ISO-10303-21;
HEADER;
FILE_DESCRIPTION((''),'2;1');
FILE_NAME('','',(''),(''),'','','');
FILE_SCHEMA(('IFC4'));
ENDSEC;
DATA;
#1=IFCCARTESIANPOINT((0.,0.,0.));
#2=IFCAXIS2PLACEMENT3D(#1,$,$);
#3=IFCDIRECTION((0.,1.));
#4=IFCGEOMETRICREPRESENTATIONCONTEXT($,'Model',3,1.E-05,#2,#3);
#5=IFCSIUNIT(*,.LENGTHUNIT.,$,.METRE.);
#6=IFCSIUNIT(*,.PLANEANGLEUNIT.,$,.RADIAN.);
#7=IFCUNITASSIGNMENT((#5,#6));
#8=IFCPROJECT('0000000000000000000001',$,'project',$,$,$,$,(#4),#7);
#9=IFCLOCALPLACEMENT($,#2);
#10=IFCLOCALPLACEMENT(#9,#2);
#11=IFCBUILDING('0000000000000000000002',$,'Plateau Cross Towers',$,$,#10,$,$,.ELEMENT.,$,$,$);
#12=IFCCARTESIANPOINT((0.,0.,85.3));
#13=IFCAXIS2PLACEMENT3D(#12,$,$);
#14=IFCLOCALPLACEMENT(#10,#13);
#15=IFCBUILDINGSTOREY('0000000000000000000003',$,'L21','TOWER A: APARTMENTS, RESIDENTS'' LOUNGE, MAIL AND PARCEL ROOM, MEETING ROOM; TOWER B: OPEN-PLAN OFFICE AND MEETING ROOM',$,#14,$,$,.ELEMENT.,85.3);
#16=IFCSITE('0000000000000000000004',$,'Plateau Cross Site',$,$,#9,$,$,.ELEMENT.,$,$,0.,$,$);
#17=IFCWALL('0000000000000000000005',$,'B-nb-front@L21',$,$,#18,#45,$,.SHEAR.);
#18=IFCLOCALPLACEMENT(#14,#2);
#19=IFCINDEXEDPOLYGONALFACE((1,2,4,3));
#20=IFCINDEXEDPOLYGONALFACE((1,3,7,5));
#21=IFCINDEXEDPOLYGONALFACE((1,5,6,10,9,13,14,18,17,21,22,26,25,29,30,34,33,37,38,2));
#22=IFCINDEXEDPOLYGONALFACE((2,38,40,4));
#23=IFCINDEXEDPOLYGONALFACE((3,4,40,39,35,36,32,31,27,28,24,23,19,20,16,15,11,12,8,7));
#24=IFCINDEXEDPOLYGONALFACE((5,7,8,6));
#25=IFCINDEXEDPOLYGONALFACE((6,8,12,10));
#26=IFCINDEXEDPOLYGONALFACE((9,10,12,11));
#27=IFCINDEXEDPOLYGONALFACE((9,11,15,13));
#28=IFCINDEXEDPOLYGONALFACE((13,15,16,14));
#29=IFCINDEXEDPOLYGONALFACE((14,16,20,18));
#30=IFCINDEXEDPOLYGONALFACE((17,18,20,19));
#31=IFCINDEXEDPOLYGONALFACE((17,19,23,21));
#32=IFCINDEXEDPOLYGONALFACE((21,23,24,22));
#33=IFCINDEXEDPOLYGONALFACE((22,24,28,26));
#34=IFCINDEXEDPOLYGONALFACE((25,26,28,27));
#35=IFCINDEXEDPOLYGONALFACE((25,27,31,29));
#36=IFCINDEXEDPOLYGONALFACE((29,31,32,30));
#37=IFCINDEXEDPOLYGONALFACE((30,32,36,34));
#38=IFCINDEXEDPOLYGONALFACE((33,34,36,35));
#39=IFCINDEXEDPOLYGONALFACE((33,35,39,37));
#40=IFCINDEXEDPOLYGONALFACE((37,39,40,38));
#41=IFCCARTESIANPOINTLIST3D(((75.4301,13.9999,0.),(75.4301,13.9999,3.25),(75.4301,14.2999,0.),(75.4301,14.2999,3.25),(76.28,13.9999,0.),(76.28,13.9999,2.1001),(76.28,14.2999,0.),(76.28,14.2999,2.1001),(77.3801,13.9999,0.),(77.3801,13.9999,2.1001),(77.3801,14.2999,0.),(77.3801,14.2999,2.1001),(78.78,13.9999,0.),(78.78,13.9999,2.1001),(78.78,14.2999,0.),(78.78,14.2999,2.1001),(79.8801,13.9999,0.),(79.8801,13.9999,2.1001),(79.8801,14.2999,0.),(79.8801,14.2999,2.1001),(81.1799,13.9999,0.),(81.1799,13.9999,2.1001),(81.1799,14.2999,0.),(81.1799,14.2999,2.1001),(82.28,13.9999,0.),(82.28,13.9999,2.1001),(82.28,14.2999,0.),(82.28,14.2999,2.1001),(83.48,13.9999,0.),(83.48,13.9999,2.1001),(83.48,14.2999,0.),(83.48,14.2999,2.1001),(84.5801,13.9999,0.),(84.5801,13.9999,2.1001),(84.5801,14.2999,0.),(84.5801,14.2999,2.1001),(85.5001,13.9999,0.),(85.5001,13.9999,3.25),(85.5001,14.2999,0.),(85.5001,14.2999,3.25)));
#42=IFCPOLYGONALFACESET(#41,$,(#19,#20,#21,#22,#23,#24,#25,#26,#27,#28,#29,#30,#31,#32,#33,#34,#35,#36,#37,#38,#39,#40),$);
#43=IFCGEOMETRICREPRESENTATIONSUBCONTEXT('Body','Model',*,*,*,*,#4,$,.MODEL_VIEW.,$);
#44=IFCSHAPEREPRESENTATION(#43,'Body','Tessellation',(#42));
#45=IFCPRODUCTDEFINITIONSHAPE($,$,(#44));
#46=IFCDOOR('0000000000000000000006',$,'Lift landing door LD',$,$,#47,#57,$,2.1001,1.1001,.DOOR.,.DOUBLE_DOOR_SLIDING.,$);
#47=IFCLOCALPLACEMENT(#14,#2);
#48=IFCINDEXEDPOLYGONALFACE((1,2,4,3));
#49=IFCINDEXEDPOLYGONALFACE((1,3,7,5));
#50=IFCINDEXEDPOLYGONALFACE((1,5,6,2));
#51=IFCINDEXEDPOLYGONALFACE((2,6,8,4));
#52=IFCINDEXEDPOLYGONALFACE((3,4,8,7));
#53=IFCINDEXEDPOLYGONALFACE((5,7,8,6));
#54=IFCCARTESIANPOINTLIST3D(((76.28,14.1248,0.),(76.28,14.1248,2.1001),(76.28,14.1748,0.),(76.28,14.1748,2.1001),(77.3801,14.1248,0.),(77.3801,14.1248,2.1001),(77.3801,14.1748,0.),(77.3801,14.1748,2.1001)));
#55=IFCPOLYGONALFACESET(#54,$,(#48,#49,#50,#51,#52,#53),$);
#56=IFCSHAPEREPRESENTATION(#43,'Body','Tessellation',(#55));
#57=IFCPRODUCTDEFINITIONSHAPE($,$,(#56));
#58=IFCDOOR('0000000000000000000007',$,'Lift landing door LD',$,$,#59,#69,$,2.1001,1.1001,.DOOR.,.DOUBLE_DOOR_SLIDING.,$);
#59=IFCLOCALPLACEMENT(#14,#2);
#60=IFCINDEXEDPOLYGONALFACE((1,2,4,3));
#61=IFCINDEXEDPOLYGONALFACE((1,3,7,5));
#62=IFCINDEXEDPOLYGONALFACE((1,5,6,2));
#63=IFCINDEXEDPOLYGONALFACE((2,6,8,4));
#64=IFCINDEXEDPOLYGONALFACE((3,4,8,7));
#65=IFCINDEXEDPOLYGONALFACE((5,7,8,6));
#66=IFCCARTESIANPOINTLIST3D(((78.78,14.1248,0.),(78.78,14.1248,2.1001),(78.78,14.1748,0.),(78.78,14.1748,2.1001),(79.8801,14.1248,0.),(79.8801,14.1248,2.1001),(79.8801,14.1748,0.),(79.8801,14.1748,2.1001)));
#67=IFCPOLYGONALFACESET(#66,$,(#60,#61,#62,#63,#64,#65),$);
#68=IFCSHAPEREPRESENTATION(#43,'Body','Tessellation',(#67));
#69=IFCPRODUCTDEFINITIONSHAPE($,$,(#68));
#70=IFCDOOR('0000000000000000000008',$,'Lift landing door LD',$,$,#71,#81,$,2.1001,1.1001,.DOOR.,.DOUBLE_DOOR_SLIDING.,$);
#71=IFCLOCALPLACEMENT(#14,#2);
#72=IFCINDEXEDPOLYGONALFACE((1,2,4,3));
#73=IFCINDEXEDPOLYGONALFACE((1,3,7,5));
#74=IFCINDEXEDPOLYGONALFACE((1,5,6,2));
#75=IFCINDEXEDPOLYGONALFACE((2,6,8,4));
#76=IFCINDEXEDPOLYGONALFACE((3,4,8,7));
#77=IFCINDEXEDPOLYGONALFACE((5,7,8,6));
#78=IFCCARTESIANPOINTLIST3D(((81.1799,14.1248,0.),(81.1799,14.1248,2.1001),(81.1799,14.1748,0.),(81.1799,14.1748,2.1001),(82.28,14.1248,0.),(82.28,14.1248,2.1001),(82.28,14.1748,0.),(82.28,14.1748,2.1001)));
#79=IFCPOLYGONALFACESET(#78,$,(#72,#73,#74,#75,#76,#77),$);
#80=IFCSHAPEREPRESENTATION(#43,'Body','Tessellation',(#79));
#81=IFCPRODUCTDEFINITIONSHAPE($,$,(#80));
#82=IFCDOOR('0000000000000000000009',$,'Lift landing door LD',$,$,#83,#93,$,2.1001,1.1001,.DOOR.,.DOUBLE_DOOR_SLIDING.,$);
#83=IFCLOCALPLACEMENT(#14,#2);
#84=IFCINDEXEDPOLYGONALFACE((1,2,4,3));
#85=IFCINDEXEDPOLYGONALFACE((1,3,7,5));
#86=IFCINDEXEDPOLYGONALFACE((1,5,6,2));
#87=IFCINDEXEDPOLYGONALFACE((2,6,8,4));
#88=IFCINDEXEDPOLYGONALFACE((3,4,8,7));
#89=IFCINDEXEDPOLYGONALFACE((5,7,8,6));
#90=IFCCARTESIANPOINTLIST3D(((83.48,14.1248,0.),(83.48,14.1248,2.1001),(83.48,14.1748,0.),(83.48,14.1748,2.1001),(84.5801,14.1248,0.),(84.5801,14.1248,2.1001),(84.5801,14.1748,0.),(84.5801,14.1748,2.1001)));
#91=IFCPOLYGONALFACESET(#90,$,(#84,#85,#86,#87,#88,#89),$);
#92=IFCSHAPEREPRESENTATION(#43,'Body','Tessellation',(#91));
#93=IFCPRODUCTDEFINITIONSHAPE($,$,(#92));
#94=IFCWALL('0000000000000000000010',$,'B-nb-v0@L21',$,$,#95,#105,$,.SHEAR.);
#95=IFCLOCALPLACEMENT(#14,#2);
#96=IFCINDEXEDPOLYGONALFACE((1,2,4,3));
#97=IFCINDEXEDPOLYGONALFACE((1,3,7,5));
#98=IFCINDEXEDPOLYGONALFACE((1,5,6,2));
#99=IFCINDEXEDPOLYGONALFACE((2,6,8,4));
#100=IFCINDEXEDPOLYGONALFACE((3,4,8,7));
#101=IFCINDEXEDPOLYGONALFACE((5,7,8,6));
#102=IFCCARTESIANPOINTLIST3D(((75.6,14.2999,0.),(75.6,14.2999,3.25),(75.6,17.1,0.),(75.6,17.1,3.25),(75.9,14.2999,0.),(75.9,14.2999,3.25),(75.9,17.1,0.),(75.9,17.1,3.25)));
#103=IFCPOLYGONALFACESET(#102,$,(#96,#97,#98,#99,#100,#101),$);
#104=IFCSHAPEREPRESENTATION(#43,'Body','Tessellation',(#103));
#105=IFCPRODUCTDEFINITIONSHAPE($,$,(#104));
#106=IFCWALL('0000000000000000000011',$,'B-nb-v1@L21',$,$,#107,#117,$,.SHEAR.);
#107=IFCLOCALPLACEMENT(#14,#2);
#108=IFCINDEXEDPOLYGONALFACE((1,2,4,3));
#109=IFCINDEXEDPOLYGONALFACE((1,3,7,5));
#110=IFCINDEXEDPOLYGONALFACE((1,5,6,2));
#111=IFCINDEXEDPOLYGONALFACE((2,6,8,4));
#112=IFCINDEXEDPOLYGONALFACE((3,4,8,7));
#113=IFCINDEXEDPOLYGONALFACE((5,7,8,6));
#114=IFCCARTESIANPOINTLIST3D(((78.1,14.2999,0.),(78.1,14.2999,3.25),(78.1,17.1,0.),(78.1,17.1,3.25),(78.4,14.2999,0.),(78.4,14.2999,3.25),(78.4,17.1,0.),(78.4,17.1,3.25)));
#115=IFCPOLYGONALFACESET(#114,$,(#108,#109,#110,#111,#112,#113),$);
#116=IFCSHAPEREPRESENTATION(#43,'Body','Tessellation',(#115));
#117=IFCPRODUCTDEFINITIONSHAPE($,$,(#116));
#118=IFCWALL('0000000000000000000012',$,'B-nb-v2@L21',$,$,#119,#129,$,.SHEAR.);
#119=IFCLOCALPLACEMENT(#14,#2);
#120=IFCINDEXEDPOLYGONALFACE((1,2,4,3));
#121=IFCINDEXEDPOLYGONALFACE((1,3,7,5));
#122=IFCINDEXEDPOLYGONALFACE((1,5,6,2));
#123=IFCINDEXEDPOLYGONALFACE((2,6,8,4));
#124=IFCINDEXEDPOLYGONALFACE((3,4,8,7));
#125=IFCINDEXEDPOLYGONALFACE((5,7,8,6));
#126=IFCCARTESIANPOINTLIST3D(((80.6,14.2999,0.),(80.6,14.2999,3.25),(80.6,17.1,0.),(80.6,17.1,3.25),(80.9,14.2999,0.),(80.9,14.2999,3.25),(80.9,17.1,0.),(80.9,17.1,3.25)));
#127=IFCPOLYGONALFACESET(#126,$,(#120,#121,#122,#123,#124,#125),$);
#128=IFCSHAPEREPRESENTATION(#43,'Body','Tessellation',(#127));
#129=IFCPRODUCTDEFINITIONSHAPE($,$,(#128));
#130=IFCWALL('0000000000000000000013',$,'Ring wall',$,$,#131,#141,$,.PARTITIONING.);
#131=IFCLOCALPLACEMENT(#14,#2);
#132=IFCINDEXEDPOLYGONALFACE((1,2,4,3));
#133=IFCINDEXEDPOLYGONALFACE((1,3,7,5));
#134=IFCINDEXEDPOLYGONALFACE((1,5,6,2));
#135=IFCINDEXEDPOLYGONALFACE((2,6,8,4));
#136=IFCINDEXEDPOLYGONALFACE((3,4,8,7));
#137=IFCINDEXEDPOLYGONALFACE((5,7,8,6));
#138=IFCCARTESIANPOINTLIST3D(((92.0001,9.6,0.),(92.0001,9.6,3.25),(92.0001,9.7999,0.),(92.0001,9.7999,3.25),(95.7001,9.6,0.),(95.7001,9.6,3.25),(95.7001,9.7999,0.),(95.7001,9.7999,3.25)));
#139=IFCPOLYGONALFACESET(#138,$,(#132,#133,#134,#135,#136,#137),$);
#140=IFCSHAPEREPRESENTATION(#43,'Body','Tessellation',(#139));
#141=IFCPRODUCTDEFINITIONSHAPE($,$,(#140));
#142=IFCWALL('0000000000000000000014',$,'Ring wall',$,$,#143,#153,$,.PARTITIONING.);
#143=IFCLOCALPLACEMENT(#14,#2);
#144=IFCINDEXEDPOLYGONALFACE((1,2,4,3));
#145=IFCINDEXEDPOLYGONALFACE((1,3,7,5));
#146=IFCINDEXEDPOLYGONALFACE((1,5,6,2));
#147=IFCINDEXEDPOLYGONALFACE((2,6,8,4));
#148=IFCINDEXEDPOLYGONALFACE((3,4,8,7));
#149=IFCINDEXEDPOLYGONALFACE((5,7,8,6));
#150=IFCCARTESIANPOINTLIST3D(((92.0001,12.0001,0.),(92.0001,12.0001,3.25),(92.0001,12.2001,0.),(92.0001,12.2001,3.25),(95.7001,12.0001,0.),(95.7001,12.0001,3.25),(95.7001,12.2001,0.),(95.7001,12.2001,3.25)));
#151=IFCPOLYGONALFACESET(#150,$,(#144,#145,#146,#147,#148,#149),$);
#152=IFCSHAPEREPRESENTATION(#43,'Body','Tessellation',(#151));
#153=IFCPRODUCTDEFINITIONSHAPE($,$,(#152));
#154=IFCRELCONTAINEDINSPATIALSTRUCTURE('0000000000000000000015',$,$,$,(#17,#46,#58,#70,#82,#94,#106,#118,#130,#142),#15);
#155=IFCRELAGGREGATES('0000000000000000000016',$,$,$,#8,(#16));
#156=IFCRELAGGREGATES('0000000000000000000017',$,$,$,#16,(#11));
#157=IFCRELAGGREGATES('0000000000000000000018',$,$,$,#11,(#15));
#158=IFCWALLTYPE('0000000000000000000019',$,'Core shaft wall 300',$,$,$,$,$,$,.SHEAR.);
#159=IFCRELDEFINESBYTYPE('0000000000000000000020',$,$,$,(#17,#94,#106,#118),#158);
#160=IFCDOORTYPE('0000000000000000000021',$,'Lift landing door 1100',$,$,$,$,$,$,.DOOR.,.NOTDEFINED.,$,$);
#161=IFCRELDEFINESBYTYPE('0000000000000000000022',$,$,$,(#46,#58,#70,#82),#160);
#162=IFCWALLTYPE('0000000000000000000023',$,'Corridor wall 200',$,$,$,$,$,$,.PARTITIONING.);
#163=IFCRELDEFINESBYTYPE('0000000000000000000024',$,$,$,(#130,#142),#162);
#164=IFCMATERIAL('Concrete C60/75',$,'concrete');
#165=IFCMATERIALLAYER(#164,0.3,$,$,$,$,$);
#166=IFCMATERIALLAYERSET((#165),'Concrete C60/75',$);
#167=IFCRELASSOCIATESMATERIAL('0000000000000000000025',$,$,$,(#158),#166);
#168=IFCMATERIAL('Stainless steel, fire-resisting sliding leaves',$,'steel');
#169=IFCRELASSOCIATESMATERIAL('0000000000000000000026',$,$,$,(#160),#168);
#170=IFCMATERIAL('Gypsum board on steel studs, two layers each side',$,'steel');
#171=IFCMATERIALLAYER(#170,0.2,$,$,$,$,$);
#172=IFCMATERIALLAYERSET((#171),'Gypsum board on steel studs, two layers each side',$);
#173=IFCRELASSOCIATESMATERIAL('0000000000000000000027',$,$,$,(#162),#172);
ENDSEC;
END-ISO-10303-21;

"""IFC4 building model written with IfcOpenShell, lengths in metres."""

from ifc_helpers import new_model, si_unit, direction, frame, frame_2d, origin, place, context, subcontext, project, spatial, rectangle, extrude, material, layer, layer_set, type_object, element, fill, save


model = new_model("IFC4")

# Units and contexts
model_context = context("Model", 3, precision=1e-05, world=origin(), true_north=direction((0.0, 1.0)))
body_context = subcontext(model_context, "Body", "Model", "MODEL_VIEW")
ifc_project = project(units=[si_unit("LENGTHUNIT", "METRE"), si_unit("PLANEANGLEUNIT", "RADIAN")], contexts=[model_context])

# Site, building, storey
site_placement = place(None, origin())
site = spatial("IfcSite", under=ifc_project, at=site_placement, Name="Plateau Cross Site", CompositionType="ELEMENT", RefElevation=0.0)
building_placement = place(site_placement, origin())
building = spatial("IfcBuilding", under=site, at=building_placement, Name="Plateau Cross Towers", CompositionType="ELEMENT")
storey_placement = place(building_placement, frame((0.0, 0.0, 85.3)))
storey = spatial("IfcBuildingStorey", under=building, at=storey_placement, Name="L21", Description="TOWER A: APARTMENTS, RESIDENTS' LOUNGE, MAIL AND PARCEL ROOM, MEETING ROOM; TOWER B: OPEN-PLAN OFFICE AND MEETING ROOM", CompositionType="ELEMENT", Elevation=85.3)

# Shared definitions
ifc_material_1 = material(Name="Concrete C60/75", Category="concrete")

# Wall, openings, doors
ifc_layer_1 = layer(ifc_material_1, 0.3)
ifc_layer_set_1 = layer_set([ifc_layer_1], Name="Concrete C60/75")
wall_type_1 = type_object("IfcWallType", Name="Core shaft wall 300", PredefinedType="SHEAR", material=ifc_layer_set_1)
wall_1_placement = place(storey_placement, frame((75.4299, 14.1499, 0.0), z_axis=(0.0, 0.0, 1.0), x_axis=(1.0, 0.0, 0.0)))
wall_1 = element("IfcWall", 1, at=wall_1_placement, inside=storey, type_object=wall_type_1, Name="B-nb-front@L21", PredefinedType="SHEAR", context=body_context, shape_type="SweptSolid", body=[
    extrude(rectangle(XDim=10.0701, YDim=0.3, at=frame_2d((5.0352, 0.0))), origin(), (0.0, 0.0, 1.0), 3.25),
])
opening_1_placement = place(wall_1_placement, frame((0.8501, 0.0, 0.0)))
opening_1 = element("IfcOpeningElement", 2, at=opening_1_placement, cuts=wall_1, PredefinedType="OPENING", context=body_context, shape_type="SweptSolid", body=[
    extrude(rectangle(XDim=1.1001, YDim=2.1001, at=frame_2d((0.55, 1.05))), frame((0.0, 0.1599, 0.0), z_axis=(0.0, -1.0, 0.0), x_axis=(1.0, 0.0, 0.0)), (0.0, 0.0, 1.0), 0.3201),
])
opening_2_placement = place(wall_1_placement, frame((3.3501, 0.0, 0.0)))
opening_2 = element("IfcOpeningElement", 3, at=opening_2_placement, cuts=wall_1, PredefinedType="OPENING", context=body_context, shape_type="SweptSolid", body=[
    extrude(rectangle(XDim=1.1001, YDim=2.1001, at=frame_2d((0.55, 1.05))), frame((0.0, 0.1599, 0.0), z_axis=(0.0, -1.0, 0.0), x_axis=(1.0, 0.0, 0.0)), (0.0, 0.0, 1.0), 0.3201),
])
opening_3_placement = place(wall_1_placement, frame((5.75, 0.0, 0.0)))
opening_3 = element("IfcOpeningElement", 4, at=opening_3_placement, cuts=wall_1, PredefinedType="OPENING", context=body_context, shape_type="SweptSolid", body=[
    extrude(rectangle(XDim=1.1001, YDim=2.1001, at=frame_2d((0.55, 1.05))), frame((0.0, 0.1599, 0.0), z_axis=(0.0, -1.0, 0.0), x_axis=(1.0, 0.0, 0.0)), (0.0, 0.0, 1.0), 0.3201),
])
opening_4_placement = place(wall_1_placement, frame((8.05, 0.0, 0.0)))
opening_4 = element("IfcOpeningElement", 5, at=opening_4_placement, cuts=wall_1, PredefinedType="OPENING", context=body_context, shape_type="SweptSolid", body=[
    extrude(rectangle(XDim=1.1001, YDim=2.1001, at=frame_2d((0.55, 1.05))), frame((0.0, 0.1599, 0.0), z_axis=(0.0, -1.0, 0.0), x_axis=(1.0, 0.0, 0.0)), (0.0, 0.0, 1.0), 0.3201),
])
ifc_material_2 = material(Name="Stainless steel, fire-resisting sliding leaves", Category="steel")
door_type_1 = type_object("IfcDoorType", Name="Lift landing door 1100", OperationType="NOTDEFINED", PredefinedType="DOOR", material=ifc_material_2)
door_1_placement = place(opening_1_placement, origin())
door_1 = element("IfcDoor", 6, at=door_1_placement, inside=storey, type_object=door_type_1, Name="Lift landing door LD", OperationType="DOUBLE_DOOR_SLIDING", OverallHeight=2.1001, OverallWidth=1.1001, PredefinedType="DOOR", context=body_context, shape_type="SweptSolid", body=[
    extrude(rectangle(XDim=1.1001, YDim=2.1001, at=frame_2d((0.55, 1.05))), frame((0.0, 0.0249, 0.0), z_axis=(0.0, -1.0, 0.0), x_axis=(1.0, 0.0, 0.0)), (0.0, 0.0, 1.0), 0.05),
])
fill(opening_1, door_1)
door_2_placement = place(opening_2_placement, origin())
door_2 = element("IfcDoor", 7, at=door_2_placement, inside=storey, type_object=door_type_1, Name="Lift landing door LD", OperationType="DOUBLE_DOOR_SLIDING", OverallHeight=2.1001, OverallWidth=1.1001, PredefinedType="DOOR", context=body_context, shape_type="SweptSolid", body=[
    extrude(rectangle(XDim=1.1001, YDim=2.1001, at=frame_2d((0.55, 1.05))), frame((0.0, 0.0249, 0.0), z_axis=(0.0, -1.0, 0.0), x_axis=(1.0, 0.0, 0.0)), (0.0, 0.0, 1.0), 0.05),
])
fill(opening_2, door_2)
door_3_placement = place(opening_3_placement, origin())
door_3 = element("IfcDoor", 8, at=door_3_placement, inside=storey, type_object=door_type_1, Name="Lift landing door LD", OperationType="DOUBLE_DOOR_SLIDING", OverallHeight=2.1001, OverallWidth=1.1001, PredefinedType="DOOR", context=body_context, shape_type="SweptSolid", body=[
    extrude(rectangle(XDim=1.1001, YDim=2.1001, at=frame_2d((0.55, 1.05))), frame((0.0, 0.0249, 0.0), z_axis=(0.0, -1.0, 0.0), x_axis=(1.0, 0.0, 0.0)), (0.0, 0.0, 1.0), 0.05),
])
fill(opening_3, door_3)
door_4_placement = place(opening_4_placement, origin())
door_4 = element("IfcDoor", 9, at=door_4_placement, inside=storey, type_object=door_type_1, Name="Lift landing door LD", OperationType="DOUBLE_DOOR_SLIDING", OverallHeight=2.1001, OverallWidth=1.1001, PredefinedType="DOOR", context=body_context, shape_type="SweptSolid", body=[
    extrude(rectangle(XDim=1.1001, YDim=2.1001, at=frame_2d((0.55, 1.05))), frame((0.0, 0.0249, 0.0), z_axis=(0.0, -1.0, 0.0), x_axis=(1.0, 0.0, 0.0)), (0.0, 0.0, 1.0), 0.05),
])
fill(opening_4, door_4)

# Walls
for number, where, z_axis, x_axis, name in (
    (10, (75.75, 14.3, 0.0), (0.0, 0.0, 1.0), (0.0, 1.0, 0.0), "B-nb-v0@L21"),
    (11, (78.25, 14.3, 0.0), (0.0, 0.0, 1.0), (0.0, 1.0, 0.0), "B-nb-v1@L21"),
    (12, (80.75, 14.3, 0.0), (0.0, 0.0, 1.0), (0.0, 1.0, 0.0), "B-nb-v2@L21"),
):
    element("IfcWall", number, at=place(storey_placement, frame(where, z_axis=z_axis, x_axis=x_axis)), inside=storey, type_object=wall_type_1, Name=name, PredefinedType="SHEAR", context=body_context, shape_type="SweptSolid", body=[
        extrude(rectangle(XDim=2.8, YDim=0.3, at=frame_2d((1.3999, 0.0))), origin(), (0.0, 0.0, 1.0), 3.25),
    ])

# Shared definitions
ifc_material_3 = material(Name="Gypsum board on steel studs, two layers each side", Category="steel")
ifc_layer_2 = layer(ifc_material_3, 0.2)
ifc_layer_set_2 = layer_set([ifc_layer_2], Name="Gypsum board on steel studs, two layers each side")
wall_type_2 = type_object("IfcWallType", Name="Corridor wall 200", PredefinedType="PARTITIONING", material=ifc_layer_set_2)

# Walls
for number, where, z_axis, x_axis, name in (
    (13, (92.0, 9.7, 0.0), (0.0, 0.0, 1.0), (1.0, 0.0, 0.0), "Ring wall"),
    (14, (92.0, 12.1001, 0.0), (0.0, 0.0, 1.0), (1.0, 0.0, 0.0), "Ring wall"),
):
    element("IfcWall", number, at=place(storey_placement, frame(where, z_axis=z_axis, x_axis=x_axis)), inside=storey, type_object=wall_type_2, Name=name, PredefinedType="PARTITIONING", context=body_context, shape_type="SweptSolid", body=[
        extrude(rectangle(XDim=3.7, YDim=0.2, at=frame_2d((1.8501, 0.0))), origin(), (0.0, 0.0, 1.0), 3.25),
    ])

save(model, "model.ifc")
